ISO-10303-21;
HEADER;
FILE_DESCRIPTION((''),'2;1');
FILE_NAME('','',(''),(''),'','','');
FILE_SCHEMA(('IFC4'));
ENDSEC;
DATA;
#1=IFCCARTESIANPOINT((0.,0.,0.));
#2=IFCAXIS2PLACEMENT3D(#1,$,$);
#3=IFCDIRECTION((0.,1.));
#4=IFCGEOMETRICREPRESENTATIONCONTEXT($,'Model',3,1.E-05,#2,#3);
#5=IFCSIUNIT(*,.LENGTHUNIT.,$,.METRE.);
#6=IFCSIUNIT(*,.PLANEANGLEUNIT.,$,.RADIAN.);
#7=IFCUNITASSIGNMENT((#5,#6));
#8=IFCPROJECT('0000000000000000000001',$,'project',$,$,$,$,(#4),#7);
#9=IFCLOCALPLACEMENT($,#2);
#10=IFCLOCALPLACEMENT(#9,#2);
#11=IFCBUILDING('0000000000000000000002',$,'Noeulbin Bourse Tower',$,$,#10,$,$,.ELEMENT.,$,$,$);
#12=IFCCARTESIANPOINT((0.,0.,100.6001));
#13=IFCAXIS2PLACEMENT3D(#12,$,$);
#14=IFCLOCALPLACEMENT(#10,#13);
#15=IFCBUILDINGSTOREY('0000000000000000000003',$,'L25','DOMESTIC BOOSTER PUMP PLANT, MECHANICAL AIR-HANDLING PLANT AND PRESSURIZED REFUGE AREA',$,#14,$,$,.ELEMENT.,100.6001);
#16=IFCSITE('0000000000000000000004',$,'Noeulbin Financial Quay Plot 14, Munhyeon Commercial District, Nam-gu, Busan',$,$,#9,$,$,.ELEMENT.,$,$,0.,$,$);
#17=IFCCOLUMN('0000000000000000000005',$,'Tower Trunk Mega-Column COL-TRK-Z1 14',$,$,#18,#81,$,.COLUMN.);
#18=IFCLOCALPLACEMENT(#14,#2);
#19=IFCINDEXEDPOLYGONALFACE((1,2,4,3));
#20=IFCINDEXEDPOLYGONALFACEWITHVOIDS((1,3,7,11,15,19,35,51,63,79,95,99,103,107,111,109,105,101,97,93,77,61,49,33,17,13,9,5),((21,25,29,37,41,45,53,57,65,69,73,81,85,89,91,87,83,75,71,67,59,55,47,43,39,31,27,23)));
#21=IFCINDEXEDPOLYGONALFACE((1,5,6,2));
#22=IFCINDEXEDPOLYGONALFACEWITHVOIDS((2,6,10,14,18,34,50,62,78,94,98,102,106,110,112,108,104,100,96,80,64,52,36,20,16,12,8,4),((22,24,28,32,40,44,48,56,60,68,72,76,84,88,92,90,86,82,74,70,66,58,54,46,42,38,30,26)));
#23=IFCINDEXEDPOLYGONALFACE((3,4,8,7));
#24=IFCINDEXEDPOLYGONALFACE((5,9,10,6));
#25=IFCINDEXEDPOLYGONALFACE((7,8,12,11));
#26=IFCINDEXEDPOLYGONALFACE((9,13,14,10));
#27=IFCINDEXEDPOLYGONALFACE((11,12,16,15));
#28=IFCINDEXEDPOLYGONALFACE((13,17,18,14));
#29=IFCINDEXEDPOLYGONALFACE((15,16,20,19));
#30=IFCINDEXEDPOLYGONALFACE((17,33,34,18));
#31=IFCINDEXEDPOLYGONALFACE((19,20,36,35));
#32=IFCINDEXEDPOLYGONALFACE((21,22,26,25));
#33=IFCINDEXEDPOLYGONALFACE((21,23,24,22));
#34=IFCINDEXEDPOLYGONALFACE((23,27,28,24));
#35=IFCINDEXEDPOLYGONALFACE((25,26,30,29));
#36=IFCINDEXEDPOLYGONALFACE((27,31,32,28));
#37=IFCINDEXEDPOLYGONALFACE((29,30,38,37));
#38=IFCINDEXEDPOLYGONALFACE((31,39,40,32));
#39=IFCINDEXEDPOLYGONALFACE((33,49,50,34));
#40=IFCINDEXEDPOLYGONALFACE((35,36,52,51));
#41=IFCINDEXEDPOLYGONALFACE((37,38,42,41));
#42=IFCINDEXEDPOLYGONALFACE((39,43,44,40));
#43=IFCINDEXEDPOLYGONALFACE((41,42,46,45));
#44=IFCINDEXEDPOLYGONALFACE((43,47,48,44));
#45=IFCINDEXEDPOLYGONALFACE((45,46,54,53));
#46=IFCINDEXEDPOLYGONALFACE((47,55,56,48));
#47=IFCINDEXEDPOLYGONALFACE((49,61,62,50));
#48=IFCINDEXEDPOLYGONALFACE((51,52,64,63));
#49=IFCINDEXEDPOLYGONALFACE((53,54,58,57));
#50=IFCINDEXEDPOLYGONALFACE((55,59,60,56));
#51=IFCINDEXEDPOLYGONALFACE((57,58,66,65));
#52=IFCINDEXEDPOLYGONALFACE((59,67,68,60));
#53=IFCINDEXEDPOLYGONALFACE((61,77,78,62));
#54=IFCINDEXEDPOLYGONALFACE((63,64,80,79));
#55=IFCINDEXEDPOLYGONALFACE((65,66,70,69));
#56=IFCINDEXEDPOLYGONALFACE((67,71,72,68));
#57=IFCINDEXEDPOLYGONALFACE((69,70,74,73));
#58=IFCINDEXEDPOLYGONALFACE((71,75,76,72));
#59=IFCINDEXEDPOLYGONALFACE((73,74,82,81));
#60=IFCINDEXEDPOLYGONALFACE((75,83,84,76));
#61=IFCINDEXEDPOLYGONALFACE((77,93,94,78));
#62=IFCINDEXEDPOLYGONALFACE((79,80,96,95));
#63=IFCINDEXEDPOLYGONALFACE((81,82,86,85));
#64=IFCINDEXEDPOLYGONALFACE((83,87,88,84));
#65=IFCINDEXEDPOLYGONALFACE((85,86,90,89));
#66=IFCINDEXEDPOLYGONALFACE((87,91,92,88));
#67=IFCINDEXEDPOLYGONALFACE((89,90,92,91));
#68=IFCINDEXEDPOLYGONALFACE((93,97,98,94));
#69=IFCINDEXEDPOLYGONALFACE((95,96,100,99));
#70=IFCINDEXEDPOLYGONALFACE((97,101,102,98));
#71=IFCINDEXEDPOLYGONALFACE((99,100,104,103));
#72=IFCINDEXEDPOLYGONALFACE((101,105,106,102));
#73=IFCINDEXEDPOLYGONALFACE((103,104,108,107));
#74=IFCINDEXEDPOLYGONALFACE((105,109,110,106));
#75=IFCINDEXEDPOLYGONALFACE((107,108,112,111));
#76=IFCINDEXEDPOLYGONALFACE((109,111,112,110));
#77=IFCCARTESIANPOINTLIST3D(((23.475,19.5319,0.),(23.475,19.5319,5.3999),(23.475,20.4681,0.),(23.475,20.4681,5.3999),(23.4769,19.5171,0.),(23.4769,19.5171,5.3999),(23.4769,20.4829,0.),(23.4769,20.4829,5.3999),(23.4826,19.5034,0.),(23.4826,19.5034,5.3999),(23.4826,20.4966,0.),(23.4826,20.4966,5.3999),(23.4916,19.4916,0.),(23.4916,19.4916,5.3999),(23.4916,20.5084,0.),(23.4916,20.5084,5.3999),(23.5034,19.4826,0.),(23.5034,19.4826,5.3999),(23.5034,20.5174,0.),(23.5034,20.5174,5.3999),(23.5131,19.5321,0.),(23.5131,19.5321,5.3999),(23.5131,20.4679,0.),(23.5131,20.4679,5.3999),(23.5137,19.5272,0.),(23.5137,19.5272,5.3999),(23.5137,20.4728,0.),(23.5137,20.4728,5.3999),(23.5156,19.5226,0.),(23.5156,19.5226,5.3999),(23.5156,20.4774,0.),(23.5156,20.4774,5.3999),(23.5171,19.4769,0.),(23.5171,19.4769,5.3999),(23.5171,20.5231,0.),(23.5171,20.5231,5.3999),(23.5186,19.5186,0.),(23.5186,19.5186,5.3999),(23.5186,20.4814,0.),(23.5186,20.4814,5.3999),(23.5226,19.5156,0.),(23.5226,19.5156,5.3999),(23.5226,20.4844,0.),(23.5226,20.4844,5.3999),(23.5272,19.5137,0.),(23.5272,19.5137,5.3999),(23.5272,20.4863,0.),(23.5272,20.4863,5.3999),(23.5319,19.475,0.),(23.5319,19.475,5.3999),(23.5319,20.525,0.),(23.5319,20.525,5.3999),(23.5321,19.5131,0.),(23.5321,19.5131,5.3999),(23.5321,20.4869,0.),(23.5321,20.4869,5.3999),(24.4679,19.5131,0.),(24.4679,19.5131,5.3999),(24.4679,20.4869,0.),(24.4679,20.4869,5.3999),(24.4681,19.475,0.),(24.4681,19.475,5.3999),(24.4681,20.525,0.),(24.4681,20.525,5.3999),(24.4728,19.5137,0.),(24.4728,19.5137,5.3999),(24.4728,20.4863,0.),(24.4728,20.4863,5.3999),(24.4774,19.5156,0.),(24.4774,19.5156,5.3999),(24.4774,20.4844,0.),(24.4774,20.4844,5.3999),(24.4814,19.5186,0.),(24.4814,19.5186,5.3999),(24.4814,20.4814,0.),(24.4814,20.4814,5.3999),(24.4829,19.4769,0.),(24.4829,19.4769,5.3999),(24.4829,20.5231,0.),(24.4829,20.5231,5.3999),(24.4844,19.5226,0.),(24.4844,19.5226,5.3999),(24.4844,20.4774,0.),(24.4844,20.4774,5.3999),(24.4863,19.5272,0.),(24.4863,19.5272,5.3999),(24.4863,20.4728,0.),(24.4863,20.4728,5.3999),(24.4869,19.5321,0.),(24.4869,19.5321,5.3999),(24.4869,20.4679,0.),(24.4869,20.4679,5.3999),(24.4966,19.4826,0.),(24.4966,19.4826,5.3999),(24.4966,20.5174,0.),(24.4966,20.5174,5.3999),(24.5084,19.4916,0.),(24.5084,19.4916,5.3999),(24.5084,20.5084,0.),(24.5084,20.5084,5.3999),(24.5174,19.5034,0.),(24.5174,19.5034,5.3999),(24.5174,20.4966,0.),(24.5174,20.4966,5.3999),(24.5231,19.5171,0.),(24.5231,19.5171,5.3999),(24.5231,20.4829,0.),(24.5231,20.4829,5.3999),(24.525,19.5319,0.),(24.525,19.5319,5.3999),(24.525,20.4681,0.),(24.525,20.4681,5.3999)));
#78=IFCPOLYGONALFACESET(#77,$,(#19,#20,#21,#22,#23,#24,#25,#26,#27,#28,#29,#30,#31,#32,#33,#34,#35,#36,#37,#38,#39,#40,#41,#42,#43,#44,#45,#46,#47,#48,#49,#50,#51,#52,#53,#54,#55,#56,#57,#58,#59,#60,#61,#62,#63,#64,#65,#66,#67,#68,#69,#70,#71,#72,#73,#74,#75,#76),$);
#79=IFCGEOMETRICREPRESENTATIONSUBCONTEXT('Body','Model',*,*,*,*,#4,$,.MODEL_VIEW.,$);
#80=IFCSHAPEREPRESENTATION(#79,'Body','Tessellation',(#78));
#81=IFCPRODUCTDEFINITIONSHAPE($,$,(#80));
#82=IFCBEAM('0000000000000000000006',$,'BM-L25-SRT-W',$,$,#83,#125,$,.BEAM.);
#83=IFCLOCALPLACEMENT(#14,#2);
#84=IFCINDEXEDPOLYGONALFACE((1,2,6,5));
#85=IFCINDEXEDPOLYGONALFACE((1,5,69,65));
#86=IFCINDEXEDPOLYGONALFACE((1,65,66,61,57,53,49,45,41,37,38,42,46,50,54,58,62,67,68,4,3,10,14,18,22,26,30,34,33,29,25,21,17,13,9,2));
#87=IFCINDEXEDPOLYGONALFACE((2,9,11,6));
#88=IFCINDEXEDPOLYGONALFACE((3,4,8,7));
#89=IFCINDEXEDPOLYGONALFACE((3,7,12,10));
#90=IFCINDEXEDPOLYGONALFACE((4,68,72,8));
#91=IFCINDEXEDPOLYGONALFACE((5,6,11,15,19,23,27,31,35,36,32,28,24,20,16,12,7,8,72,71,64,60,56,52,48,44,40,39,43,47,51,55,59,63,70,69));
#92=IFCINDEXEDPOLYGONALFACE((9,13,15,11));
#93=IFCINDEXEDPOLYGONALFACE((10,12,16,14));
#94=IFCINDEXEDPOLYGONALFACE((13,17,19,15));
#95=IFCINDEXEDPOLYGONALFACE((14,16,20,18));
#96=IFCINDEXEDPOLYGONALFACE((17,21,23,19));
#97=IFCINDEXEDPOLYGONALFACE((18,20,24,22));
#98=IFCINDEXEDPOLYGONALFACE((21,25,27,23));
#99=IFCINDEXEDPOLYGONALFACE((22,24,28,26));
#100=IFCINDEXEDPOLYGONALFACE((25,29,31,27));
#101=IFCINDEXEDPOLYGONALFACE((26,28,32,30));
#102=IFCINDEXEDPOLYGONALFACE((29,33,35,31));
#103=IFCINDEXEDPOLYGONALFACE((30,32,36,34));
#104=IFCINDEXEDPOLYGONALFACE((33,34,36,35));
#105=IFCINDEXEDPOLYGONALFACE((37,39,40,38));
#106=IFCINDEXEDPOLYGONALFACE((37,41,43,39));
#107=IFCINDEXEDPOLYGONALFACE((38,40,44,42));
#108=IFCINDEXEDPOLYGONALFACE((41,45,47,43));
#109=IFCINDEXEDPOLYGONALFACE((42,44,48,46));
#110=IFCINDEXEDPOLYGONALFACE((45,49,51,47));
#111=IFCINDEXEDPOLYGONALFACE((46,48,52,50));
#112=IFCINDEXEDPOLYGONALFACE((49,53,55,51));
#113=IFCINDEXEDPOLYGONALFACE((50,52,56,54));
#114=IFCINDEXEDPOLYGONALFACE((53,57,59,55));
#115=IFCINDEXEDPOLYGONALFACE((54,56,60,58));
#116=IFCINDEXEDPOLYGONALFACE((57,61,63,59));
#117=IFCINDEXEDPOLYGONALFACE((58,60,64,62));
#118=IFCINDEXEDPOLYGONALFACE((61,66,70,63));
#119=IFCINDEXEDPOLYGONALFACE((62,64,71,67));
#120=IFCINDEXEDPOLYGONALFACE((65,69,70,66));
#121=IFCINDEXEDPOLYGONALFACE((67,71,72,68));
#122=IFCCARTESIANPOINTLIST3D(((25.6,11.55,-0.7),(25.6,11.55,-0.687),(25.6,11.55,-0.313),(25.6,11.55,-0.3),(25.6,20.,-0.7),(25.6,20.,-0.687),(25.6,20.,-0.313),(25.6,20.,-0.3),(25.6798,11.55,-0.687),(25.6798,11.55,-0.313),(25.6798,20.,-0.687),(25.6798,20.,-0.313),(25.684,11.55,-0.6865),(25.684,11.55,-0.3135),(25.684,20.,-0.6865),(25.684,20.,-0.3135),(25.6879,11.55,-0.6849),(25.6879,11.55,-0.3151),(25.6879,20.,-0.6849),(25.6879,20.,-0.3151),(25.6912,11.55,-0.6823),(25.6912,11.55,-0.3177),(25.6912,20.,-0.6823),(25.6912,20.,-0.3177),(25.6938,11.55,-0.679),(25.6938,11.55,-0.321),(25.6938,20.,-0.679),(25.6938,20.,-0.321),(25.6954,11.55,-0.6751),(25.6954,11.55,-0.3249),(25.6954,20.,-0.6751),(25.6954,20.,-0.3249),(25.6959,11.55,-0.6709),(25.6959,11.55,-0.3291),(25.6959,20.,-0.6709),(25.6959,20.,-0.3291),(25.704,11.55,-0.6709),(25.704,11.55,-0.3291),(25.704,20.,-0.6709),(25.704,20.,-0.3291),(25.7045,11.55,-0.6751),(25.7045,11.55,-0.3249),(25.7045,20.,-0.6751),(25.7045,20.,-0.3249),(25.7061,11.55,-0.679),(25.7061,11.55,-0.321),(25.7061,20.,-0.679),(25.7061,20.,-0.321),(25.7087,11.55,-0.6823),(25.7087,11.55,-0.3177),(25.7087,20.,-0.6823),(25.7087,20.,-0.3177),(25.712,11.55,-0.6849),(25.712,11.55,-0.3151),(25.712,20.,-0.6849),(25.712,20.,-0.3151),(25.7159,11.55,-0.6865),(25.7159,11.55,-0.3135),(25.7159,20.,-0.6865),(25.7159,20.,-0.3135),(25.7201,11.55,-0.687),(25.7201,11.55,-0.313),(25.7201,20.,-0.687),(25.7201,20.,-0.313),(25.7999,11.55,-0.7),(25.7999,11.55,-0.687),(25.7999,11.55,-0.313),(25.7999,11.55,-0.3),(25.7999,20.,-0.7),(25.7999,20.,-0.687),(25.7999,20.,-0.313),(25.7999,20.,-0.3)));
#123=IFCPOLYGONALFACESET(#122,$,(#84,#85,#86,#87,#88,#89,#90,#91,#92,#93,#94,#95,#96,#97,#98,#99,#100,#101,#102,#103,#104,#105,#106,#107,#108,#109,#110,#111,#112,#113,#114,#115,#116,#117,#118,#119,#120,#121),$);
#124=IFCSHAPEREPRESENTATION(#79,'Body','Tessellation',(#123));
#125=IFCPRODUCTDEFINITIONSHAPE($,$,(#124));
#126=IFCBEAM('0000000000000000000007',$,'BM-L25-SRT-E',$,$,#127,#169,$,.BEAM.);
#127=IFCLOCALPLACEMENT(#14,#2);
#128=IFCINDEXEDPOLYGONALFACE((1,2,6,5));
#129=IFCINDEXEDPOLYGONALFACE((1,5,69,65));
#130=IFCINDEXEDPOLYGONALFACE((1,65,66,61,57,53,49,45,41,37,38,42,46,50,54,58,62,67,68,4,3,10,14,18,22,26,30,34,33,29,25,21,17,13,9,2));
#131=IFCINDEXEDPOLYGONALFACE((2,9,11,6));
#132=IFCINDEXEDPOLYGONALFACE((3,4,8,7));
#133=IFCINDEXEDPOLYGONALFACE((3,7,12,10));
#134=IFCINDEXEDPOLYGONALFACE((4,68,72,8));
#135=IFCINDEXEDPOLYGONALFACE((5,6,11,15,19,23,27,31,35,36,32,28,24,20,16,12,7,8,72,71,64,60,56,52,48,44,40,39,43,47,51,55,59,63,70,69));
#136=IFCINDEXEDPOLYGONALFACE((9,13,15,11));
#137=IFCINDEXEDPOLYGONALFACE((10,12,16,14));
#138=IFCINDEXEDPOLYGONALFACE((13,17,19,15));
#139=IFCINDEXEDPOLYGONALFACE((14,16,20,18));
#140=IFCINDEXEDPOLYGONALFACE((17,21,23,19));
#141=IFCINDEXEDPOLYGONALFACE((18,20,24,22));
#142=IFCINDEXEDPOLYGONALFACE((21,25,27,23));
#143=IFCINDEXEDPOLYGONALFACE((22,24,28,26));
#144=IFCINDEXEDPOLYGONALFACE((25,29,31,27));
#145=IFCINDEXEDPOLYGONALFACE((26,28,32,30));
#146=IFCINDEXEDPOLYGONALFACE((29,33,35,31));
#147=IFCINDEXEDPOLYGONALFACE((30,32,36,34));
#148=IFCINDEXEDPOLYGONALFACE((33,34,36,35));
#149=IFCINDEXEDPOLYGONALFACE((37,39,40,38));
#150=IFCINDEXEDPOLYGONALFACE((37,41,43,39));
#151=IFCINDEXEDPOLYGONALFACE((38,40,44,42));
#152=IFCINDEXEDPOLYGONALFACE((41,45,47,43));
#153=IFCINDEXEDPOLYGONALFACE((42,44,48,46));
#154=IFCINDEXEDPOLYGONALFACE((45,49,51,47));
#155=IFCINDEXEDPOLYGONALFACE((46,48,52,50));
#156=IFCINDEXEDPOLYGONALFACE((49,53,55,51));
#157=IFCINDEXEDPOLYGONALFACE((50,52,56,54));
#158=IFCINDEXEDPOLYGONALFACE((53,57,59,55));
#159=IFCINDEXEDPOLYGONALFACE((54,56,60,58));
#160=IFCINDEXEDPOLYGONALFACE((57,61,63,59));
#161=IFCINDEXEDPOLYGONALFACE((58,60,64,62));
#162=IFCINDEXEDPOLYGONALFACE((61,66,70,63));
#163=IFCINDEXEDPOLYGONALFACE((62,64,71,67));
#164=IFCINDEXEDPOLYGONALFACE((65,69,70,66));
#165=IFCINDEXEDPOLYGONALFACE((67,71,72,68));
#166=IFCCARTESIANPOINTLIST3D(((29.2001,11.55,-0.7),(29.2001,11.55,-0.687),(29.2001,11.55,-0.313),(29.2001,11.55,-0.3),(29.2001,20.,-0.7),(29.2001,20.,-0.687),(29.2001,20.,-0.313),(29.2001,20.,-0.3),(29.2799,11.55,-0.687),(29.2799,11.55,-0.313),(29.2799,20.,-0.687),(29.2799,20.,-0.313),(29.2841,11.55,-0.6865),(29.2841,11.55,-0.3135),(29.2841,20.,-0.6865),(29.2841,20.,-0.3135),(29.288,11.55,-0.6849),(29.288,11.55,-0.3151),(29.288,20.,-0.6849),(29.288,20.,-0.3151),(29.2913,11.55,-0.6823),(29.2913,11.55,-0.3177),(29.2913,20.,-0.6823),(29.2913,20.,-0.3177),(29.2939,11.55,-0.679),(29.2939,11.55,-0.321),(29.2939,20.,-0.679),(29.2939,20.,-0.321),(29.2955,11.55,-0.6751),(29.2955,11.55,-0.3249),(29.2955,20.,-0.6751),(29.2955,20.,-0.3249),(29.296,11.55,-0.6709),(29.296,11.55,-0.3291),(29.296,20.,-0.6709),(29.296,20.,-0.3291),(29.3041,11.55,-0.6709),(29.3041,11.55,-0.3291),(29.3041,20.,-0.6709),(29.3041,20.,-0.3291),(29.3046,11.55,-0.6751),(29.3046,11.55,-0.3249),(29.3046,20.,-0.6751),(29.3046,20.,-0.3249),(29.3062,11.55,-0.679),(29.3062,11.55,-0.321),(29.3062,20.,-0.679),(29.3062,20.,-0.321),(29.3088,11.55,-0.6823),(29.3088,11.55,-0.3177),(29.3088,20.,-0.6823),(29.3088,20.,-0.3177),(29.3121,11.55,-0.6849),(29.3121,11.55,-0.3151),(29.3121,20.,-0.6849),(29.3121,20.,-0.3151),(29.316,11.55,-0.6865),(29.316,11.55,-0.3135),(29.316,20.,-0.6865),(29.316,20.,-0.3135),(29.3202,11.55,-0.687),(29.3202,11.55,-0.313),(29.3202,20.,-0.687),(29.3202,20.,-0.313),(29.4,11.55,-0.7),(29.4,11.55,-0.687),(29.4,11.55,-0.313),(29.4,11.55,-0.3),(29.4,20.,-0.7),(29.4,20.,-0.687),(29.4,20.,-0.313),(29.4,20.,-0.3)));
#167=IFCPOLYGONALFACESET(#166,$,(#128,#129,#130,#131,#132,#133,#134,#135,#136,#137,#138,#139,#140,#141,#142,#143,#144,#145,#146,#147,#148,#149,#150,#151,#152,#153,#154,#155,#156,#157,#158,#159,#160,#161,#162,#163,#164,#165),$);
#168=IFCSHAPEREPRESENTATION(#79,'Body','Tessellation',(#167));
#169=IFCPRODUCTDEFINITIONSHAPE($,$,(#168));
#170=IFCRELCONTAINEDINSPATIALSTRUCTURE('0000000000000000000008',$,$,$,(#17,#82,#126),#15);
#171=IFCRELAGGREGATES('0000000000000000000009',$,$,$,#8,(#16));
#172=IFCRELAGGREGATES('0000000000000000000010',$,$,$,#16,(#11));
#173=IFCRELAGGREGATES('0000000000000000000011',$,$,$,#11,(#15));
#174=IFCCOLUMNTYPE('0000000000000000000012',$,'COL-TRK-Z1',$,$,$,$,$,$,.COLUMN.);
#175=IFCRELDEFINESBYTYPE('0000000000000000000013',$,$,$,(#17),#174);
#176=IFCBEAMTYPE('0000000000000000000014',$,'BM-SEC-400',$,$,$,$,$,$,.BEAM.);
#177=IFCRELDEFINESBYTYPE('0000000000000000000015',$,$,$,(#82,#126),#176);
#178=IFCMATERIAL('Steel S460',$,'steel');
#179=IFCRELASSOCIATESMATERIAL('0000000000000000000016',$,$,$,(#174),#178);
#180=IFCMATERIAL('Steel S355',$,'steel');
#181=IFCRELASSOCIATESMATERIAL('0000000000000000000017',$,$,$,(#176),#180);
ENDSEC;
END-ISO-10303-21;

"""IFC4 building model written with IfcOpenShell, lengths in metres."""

from ifc_helpers import new_model, si_unit, direction, frame, origin, origin_2d, place, context, subcontext, project, spatial, hollow_rectangle, i_section, extrude, material, material_profile, profile_set, type_object, element, save


model = new_model("IFC4")

# Units and contexts
model_context = context("Model", 3, precision=1e-05, world=origin(), true_north=direction((0.0, 1.0)))
body_context = subcontext(model_context, "Body", "Model", "MODEL_VIEW")
ifc_project = project(units=[si_unit("LENGTHUNIT", "METRE"), si_unit("PLANEANGLEUNIT", "RADIAN")], contexts=[model_context])

# Site, building, storey
site_placement = place(None, origin())
site = spatial("IfcSite", under=ifc_project, at=site_placement, Name="Noeulbin Financial Quay Plot 14, Munhyeon Commercial District, Nam-gu, Busan", CompositionType="ELEMENT", RefElevation=0.0)
building_placement = place(site_placement, origin())
building = spatial("IfcBuilding", under=site, at=building_placement, Name="Noeulbin Bourse Tower", CompositionType="ELEMENT")
storey_placement = place(building_placement, frame((0.0, 0.0, 100.6001)))
storey = spatial("IfcBuildingStorey", under=building, at=storey_placement, Name="L25", Description="DOMESTIC BOOSTER PUMP PLANT, MECHANICAL AIR-HANDLING PLANT AND PRESSURIZED REFUGE AREA", CompositionType="ELEMENT", Elevation=100.6001)

# Column
ifc_material_1 = material(Name="Steel S460", Category="steel")
ifc_material_profile_1 = material_profile(ifc_material_1, hollow_rectangle(XDim=1.05, YDim=1.05, WallThickness=0.0381, InnerFilletRadius=0.019, OuterFilletRadius=0.0569, at=origin_2d()), Name="BOX-1050x1050x38", Category="LoadBearing")
ifc_profile_set_1 = profile_set([ifc_material_profile_1], Name="Steel S460")
column_type = type_object("IfcColumnType", Name="COL-TRK-Z1", PredefinedType="COLUMN", material=ifc_profile_set_1)
column_placement = place(storey_placement, frame((24.0, 20.0, 0.0), z_axis=(0.0, 0.0, 1.0), x_axis=(1.0, 0.0, 0.0)))
element("IfcColumn", 1, at=column_placement, inside=storey, type_object=column_type, Name="Tower Trunk Mega-Column COL-TRK-Z1 14", PredefinedType="COLUMN", context=body_context, shape_type="SweptSolid", body=[
    extrude(hollow_rectangle(XDim=1.05, YDim=1.05, WallThickness=0.0381, InnerFilletRadius=0.019, OuterFilletRadius=0.0569, at=origin_2d()), origin(), (0.0, 0.0, 1.0), 5.3999),
])

# Beams
ifc_material_2 = material(Name="Steel S355", Category="steel")
ifc_material_profile_2 = material_profile(ifc_material_2, i_section(OverallWidth=0.2, OverallDepth=0.3999, WebThickness=0.0081, FlangeThickness=0.0129, FilletRadius=0.0161, at=origin_2d()), Name="H-400x200x8x13", Category="LoadBearing")
ifc_profile_set_2 = profile_set([ifc_material_profile_2], Name="Steel S355")
beam_type_1 = type_object("IfcBeamType", Name="BM-SEC-400", PredefinedType="BEAM", material=ifc_profile_set_2)
for number, where, z_axis, x_axis, name in (
    (2, (25.7, 11.55, -0.5), (0.0, 1.0, 0.0), (-1.0, 0.0, 0.0), "BM-L25-SRT-W"),
    (3, (29.3, 11.55, -0.5), (0.0, 1.0, 0.0), (-1.0, 0.0, 0.0), "BM-L25-SRT-E"),
):
    element("IfcBeam", number, at=place(storey_placement, frame(where, z_axis=z_axis, x_axis=x_axis)), inside=storey, type_object=beam_type_1, Name=name, PredefinedType="BEAM", context=body_context, shape_type="SweptSolid", body=[
        extrude(i_section(OverallWidth=0.2, OverallDepth=0.3999, WebThickness=0.0081, FlangeThickness=0.0129, FilletRadius=0.0161, at=origin_2d()), origin(), (0.0, 0.0, 1.0), 8.45),
    ])

save(model, "model.ifc")
